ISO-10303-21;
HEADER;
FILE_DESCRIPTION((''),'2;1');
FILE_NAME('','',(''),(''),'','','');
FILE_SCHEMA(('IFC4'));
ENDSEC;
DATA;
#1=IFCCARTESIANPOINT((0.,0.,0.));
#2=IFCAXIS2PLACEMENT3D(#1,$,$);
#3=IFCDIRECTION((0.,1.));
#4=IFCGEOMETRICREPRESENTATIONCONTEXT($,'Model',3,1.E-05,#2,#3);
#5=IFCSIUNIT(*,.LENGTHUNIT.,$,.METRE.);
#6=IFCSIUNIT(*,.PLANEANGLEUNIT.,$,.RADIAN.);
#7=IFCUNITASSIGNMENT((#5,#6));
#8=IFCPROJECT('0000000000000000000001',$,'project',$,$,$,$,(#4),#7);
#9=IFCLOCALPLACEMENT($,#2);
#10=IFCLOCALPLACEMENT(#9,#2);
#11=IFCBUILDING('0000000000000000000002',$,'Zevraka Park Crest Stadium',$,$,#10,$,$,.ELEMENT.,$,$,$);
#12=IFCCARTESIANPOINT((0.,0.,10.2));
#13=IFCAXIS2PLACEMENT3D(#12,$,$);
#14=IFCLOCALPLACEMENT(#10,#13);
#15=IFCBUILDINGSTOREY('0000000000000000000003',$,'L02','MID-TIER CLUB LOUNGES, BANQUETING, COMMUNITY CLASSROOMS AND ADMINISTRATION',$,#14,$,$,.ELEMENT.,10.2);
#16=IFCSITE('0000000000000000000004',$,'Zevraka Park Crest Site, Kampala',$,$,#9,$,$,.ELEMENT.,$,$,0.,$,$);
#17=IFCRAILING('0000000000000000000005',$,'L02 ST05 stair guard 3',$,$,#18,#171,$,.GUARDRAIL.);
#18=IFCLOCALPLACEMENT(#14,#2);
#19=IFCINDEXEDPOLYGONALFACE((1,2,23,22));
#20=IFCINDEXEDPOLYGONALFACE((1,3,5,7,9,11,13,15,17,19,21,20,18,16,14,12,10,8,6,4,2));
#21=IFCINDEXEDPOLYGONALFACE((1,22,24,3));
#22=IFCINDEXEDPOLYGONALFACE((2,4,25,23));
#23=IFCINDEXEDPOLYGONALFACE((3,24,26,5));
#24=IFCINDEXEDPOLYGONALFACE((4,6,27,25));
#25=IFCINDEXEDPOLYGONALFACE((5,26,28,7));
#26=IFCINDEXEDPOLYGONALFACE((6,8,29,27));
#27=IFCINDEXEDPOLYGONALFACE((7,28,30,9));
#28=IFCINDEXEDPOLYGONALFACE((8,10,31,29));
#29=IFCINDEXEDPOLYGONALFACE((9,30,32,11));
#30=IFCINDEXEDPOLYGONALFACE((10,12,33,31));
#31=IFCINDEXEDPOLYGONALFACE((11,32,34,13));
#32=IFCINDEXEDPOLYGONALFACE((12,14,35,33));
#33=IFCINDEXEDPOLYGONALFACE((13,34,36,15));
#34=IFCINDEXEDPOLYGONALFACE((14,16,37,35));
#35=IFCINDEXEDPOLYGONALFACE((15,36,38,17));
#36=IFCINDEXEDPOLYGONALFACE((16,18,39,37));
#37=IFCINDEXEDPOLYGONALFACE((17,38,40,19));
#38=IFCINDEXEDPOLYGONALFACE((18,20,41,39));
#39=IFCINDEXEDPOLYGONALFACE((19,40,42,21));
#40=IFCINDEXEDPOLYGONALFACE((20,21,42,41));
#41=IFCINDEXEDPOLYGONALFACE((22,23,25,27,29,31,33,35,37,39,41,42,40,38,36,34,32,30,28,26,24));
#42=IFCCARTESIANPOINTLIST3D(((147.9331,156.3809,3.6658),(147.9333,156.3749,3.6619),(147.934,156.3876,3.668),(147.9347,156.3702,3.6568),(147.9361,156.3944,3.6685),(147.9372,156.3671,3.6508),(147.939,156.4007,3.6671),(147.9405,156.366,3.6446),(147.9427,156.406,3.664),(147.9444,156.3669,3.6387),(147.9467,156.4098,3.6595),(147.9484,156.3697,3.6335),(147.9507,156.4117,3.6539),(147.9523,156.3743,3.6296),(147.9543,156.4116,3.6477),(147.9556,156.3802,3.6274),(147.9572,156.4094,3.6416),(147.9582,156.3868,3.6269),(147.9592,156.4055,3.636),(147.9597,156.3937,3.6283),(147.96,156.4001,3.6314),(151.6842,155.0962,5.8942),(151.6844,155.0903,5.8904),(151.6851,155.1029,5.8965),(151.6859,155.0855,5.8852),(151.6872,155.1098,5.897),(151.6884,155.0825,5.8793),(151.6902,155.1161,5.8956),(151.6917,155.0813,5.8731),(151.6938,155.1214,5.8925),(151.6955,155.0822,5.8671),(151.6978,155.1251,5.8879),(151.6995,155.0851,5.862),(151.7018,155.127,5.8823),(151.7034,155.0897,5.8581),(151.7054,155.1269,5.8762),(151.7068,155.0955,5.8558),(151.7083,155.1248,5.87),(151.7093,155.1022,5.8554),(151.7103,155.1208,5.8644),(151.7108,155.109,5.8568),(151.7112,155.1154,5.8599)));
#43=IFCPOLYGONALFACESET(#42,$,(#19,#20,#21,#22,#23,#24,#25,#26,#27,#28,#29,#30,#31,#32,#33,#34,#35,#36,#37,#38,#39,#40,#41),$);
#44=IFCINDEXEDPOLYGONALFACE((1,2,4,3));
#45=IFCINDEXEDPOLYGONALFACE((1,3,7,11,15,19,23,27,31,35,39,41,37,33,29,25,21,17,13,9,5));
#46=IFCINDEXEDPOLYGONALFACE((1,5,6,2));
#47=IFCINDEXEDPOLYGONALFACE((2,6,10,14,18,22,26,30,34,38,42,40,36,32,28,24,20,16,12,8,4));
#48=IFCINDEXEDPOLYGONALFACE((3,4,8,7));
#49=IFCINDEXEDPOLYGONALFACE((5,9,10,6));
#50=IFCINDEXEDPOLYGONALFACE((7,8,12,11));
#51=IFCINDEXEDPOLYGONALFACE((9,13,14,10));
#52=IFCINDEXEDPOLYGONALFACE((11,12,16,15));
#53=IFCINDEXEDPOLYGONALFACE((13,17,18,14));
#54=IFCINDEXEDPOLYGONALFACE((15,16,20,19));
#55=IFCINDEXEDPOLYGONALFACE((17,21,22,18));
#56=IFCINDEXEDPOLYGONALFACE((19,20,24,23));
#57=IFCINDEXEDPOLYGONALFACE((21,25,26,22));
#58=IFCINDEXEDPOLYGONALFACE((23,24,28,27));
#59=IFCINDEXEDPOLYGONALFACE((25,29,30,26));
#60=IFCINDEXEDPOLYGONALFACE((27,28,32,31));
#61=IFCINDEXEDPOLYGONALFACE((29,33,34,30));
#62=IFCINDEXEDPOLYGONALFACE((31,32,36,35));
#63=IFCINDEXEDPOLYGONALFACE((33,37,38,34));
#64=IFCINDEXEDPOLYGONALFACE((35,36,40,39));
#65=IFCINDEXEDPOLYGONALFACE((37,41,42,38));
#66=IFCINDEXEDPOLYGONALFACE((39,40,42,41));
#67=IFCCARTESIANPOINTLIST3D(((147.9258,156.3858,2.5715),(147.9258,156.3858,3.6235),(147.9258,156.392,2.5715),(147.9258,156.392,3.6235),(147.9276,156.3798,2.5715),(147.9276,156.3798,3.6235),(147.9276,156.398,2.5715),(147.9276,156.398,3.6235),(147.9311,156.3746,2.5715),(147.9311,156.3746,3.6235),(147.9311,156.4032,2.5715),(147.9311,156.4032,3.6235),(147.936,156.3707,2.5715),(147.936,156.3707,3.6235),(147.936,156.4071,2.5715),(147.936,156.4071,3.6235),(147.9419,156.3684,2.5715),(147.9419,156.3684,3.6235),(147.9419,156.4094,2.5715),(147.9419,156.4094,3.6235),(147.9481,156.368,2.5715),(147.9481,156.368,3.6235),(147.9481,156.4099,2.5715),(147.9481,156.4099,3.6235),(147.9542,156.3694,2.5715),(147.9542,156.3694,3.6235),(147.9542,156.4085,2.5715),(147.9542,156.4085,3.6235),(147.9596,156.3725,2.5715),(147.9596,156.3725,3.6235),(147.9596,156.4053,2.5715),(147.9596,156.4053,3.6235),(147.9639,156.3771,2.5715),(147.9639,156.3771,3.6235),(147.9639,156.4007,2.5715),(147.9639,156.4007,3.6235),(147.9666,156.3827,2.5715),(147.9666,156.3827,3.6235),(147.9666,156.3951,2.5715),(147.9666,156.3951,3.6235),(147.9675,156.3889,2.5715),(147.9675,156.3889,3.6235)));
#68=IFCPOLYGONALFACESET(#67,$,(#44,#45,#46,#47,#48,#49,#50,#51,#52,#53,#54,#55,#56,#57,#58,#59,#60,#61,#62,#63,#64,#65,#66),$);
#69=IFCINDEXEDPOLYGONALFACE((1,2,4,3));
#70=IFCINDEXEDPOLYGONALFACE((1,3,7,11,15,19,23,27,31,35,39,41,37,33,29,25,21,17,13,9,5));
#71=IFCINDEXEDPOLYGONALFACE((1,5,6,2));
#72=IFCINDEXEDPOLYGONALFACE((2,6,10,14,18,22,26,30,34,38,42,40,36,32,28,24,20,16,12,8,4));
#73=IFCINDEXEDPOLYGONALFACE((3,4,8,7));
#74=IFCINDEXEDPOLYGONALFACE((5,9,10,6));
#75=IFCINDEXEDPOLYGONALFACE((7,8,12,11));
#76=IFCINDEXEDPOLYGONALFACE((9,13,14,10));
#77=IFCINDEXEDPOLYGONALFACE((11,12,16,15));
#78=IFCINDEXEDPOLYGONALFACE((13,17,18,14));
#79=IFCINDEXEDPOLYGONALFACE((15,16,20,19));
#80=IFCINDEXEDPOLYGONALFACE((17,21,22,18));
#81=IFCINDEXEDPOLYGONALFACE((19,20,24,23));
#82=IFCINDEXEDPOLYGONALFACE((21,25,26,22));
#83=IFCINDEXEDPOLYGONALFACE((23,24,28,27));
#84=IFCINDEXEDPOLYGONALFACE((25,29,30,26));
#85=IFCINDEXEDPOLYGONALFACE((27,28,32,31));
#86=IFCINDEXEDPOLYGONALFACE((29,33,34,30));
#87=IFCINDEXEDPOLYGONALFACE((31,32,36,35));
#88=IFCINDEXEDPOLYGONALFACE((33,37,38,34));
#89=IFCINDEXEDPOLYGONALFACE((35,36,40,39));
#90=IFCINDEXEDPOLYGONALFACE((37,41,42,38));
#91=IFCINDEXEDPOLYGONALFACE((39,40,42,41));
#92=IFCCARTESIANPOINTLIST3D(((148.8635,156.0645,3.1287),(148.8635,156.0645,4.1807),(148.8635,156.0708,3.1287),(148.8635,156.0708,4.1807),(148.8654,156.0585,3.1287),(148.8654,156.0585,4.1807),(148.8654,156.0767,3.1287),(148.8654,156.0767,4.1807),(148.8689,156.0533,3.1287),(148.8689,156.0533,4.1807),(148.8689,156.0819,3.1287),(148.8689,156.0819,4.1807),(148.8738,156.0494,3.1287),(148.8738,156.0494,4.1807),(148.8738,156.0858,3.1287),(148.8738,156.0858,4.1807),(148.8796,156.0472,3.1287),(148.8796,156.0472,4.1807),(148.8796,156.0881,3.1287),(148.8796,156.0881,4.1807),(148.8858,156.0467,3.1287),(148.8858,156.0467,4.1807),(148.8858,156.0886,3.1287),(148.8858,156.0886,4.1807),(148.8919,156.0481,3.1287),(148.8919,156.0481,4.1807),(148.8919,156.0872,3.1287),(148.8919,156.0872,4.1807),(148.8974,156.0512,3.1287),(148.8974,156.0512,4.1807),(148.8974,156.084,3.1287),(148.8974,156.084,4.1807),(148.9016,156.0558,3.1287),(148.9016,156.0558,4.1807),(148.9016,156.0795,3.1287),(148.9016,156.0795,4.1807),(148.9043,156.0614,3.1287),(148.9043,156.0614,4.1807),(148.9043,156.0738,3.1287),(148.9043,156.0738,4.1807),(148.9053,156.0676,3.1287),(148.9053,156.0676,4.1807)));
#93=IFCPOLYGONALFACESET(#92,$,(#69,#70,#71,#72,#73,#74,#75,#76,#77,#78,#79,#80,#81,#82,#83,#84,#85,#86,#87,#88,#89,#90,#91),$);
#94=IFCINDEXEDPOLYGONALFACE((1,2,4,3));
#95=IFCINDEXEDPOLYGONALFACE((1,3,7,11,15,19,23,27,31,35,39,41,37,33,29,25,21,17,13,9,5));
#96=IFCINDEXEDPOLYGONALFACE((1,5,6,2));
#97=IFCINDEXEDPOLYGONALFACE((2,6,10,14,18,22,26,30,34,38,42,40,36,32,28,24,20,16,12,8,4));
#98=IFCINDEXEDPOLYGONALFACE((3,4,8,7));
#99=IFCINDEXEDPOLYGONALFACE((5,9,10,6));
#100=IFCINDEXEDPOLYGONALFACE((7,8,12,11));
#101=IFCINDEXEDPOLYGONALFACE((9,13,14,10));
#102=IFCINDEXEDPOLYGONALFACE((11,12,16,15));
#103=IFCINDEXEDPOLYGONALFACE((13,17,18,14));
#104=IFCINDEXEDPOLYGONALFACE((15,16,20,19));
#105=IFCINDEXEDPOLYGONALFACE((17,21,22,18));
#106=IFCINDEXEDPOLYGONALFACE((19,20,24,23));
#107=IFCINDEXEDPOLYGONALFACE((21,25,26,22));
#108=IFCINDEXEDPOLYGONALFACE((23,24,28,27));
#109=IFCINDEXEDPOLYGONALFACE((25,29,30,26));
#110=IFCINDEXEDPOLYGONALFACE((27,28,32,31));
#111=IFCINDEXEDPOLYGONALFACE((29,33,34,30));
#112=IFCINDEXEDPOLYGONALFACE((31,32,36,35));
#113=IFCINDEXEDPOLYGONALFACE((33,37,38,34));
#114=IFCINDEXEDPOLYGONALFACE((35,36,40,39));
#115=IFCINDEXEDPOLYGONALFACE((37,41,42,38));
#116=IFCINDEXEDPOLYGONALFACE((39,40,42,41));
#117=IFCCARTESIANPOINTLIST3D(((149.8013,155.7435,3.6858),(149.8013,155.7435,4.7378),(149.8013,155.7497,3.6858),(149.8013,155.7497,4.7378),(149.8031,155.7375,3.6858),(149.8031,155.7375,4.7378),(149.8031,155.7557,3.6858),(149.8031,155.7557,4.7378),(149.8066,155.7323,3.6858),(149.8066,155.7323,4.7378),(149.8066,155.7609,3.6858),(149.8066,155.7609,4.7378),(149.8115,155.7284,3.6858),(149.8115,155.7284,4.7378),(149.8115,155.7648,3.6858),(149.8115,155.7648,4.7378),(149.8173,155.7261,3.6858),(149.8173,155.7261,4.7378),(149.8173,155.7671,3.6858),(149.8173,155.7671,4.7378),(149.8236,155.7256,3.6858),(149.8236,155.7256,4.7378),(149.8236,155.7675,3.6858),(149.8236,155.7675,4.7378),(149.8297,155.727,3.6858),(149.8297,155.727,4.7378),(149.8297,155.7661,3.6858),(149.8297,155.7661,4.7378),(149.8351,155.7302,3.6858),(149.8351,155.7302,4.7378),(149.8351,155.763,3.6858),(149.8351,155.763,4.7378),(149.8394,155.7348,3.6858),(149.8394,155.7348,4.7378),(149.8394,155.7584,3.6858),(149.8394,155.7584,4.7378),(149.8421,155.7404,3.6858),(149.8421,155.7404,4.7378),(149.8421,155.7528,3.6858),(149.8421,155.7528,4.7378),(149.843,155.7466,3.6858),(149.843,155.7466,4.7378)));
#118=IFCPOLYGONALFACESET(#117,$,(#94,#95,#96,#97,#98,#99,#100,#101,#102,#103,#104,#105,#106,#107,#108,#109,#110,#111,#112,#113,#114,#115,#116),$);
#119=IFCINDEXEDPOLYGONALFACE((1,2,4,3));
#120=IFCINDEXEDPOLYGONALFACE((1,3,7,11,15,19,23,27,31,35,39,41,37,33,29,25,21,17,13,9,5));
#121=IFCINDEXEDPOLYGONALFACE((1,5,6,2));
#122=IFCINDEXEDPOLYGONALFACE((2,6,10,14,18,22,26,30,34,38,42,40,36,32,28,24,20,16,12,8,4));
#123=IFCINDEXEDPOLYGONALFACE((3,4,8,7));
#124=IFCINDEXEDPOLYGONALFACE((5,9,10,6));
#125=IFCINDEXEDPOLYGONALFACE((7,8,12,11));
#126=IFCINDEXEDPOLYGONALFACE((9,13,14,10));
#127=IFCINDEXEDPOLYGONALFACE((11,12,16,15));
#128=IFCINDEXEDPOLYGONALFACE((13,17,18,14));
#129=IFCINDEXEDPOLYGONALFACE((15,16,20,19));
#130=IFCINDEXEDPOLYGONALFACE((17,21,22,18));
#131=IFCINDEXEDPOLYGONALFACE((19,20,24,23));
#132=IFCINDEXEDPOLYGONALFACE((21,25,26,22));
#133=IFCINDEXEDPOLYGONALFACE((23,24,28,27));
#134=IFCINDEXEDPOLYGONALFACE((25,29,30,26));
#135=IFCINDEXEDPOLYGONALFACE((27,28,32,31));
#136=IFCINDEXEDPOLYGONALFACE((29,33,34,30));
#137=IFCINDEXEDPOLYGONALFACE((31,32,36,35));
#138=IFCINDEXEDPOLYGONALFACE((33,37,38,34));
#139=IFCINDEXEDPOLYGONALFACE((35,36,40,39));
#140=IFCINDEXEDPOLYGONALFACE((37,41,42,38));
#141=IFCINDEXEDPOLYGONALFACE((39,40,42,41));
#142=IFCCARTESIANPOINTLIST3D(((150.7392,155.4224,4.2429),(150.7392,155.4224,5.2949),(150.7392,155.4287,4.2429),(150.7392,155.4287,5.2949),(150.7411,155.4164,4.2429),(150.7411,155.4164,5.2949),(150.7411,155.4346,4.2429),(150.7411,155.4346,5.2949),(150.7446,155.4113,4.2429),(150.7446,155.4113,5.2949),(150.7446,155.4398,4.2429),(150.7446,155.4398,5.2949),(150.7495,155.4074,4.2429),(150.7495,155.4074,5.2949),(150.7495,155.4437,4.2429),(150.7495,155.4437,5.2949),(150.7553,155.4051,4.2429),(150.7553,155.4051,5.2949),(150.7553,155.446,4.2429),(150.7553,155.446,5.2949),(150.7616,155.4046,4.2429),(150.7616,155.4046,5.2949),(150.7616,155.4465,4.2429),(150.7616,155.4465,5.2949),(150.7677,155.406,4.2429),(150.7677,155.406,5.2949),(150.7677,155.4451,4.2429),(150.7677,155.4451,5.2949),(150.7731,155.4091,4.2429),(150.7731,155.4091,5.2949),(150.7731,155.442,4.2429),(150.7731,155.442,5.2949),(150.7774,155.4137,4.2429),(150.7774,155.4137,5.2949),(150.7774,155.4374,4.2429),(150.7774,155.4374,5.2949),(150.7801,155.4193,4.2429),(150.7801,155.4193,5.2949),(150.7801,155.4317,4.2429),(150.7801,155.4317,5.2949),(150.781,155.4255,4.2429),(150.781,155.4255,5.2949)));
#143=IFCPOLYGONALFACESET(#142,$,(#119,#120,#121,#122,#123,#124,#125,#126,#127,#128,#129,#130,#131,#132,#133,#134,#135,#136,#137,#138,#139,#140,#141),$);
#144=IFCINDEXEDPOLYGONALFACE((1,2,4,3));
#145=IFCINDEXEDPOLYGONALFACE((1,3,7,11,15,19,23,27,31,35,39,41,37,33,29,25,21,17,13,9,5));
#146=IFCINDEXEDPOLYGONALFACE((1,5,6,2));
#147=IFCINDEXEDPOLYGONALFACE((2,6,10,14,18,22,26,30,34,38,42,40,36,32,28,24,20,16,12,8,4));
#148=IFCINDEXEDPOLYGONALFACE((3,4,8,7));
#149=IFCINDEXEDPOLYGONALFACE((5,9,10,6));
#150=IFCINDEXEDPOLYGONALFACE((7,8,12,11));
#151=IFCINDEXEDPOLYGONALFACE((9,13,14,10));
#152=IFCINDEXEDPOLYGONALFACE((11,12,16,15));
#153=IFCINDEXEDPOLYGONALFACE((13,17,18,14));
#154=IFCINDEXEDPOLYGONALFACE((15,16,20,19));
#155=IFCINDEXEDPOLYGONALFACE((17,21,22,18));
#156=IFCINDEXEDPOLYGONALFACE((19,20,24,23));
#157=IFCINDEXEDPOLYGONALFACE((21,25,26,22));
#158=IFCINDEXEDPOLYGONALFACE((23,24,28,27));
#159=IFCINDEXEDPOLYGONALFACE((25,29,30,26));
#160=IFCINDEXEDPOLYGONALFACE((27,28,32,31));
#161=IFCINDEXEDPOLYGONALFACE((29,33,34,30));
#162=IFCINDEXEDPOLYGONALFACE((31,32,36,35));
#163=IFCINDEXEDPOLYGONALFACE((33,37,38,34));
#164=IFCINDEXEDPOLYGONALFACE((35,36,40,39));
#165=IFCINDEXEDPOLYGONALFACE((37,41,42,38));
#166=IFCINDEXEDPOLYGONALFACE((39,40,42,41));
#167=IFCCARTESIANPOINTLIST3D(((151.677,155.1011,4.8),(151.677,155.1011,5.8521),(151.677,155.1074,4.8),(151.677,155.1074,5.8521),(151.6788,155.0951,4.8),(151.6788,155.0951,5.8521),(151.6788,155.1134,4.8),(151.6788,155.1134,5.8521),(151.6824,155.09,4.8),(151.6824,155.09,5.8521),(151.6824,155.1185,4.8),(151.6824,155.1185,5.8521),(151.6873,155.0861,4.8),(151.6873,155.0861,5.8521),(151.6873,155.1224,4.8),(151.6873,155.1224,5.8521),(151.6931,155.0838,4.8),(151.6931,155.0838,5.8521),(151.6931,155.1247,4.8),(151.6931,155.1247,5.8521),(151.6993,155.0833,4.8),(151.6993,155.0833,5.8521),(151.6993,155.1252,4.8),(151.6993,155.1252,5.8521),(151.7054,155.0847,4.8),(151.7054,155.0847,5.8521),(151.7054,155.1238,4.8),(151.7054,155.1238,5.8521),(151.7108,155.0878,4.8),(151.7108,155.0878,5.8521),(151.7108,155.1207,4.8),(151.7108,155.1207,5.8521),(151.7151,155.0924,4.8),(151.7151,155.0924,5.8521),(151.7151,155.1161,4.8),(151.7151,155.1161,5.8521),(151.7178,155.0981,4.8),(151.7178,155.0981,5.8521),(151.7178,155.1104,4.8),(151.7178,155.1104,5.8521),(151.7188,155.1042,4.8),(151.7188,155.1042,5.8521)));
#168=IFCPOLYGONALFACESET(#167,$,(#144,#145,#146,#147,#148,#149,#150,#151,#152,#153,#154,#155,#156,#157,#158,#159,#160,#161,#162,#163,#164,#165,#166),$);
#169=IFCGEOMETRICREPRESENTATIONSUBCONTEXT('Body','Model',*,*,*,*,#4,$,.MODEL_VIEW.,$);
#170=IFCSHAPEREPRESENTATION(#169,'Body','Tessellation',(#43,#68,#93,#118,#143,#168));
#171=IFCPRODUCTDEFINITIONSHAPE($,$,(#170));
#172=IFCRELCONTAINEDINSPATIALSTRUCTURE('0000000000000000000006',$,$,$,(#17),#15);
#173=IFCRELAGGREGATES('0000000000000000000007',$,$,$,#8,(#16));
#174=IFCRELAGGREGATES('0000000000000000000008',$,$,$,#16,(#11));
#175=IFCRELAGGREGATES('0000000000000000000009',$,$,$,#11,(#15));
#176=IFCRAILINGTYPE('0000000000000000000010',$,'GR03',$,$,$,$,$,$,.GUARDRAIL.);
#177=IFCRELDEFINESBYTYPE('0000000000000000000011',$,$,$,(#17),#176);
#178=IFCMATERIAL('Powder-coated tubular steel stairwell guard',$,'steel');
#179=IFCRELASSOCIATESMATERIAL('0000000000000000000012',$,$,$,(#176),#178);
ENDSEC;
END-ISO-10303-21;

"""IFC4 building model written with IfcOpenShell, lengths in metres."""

from ifc_helpers import new_model, si_unit, direction, frame, origin, origin_2d, place, context, subcontext, project, spatial, circle, extrude, material, type_object, element, save


model = new_model("IFC4")

# Units and contexts
model_context = context("Model", 3, precision=1e-05, world=origin(), true_north=direction((0.0, 1.0)))
body_context = subcontext(model_context, "Body", "Model", "MODEL_VIEW")
ifc_project = project(units=[si_unit("LENGTHUNIT", "METRE"), si_unit("PLANEANGLEUNIT", "RADIAN")], contexts=[model_context])

# Site, building, storey
site_placement = place(None, origin())
site = spatial("IfcSite", under=ifc_project, at=site_placement, Name="Zevraka Park Crest Site, Kampala", CompositionType="ELEMENT", RefElevation=0.0)
building_placement = place(site_placement, origin())
building = spatial("IfcBuilding", under=site, at=building_placement, Name="Zevraka Park Crest Stadium", CompositionType="ELEMENT")
storey_placement = place(building_placement, frame((0.0, 0.0, 10.2)))
storey = spatial("IfcBuildingStorey", under=building, at=storey_placement, Name="L02", Description="MID-TIER CLUB LOUNGES, BANQUETING, COMMUNITY CLASSROOMS AND ADMINISTRATION", CompositionType="ELEMENT", Elevation=10.2)

# Railing
ifc_material_1 = material(Name="Powder-coated tubular steel stairwell guard", Category="steel")
railing_type_1 = type_object("IfcRailingType", Name="GR03", PredefinedType="GUARDRAIL", material=ifc_material_1)
railing_1_placement = place(storey_placement, frame((147.9465, 156.3889, 2.5715)))
element("IfcRailing", 1, at=railing_1_placement, inside=storey, type_object=railing_type_1, Name="L02 ST05 stair guard 3", PredefinedType="GUARDRAIL", context=body_context, shape_type="SweptSolid", body=[
    extrude(circle(Radius=0.0239, at=origin_2d()), frame((0.0, 0.0, 1.0762), z_axis=(0.824727, -0.282441, 0.489952), x_axis=(0.323994, 0.946059, 0.0)), (0.0, 0.0, 1.0), 4.5483),
    extrude(circle(Radius=0.021, at=origin_2d()), origin(), (0.0, 0.0, 1.0), 1.052),
    extrude(circle(Radius=0.021, at=origin_2d()), frame((0.9377, -0.3213, 0.5571)), (0.0, 0.0, 1.0), 1.052),
    extrude(circle(Radius=0.021, at=origin_2d()), frame((1.8755, -0.6423, 1.1143)), (0.0, 0.0, 1.0), 1.052),
    extrude(circle(Radius=0.021, at=origin_2d()), frame((2.8135, -0.9634, 1.6714)), (0.0, 0.0, 1.0), 1.052),
    extrude(circle(Radius=0.021, at=origin_2d()), frame((3.7512, -1.2847, 2.2285)), (0.0, 0.0, 1.0), 1.052),
])

save(model, "model.ifc")
